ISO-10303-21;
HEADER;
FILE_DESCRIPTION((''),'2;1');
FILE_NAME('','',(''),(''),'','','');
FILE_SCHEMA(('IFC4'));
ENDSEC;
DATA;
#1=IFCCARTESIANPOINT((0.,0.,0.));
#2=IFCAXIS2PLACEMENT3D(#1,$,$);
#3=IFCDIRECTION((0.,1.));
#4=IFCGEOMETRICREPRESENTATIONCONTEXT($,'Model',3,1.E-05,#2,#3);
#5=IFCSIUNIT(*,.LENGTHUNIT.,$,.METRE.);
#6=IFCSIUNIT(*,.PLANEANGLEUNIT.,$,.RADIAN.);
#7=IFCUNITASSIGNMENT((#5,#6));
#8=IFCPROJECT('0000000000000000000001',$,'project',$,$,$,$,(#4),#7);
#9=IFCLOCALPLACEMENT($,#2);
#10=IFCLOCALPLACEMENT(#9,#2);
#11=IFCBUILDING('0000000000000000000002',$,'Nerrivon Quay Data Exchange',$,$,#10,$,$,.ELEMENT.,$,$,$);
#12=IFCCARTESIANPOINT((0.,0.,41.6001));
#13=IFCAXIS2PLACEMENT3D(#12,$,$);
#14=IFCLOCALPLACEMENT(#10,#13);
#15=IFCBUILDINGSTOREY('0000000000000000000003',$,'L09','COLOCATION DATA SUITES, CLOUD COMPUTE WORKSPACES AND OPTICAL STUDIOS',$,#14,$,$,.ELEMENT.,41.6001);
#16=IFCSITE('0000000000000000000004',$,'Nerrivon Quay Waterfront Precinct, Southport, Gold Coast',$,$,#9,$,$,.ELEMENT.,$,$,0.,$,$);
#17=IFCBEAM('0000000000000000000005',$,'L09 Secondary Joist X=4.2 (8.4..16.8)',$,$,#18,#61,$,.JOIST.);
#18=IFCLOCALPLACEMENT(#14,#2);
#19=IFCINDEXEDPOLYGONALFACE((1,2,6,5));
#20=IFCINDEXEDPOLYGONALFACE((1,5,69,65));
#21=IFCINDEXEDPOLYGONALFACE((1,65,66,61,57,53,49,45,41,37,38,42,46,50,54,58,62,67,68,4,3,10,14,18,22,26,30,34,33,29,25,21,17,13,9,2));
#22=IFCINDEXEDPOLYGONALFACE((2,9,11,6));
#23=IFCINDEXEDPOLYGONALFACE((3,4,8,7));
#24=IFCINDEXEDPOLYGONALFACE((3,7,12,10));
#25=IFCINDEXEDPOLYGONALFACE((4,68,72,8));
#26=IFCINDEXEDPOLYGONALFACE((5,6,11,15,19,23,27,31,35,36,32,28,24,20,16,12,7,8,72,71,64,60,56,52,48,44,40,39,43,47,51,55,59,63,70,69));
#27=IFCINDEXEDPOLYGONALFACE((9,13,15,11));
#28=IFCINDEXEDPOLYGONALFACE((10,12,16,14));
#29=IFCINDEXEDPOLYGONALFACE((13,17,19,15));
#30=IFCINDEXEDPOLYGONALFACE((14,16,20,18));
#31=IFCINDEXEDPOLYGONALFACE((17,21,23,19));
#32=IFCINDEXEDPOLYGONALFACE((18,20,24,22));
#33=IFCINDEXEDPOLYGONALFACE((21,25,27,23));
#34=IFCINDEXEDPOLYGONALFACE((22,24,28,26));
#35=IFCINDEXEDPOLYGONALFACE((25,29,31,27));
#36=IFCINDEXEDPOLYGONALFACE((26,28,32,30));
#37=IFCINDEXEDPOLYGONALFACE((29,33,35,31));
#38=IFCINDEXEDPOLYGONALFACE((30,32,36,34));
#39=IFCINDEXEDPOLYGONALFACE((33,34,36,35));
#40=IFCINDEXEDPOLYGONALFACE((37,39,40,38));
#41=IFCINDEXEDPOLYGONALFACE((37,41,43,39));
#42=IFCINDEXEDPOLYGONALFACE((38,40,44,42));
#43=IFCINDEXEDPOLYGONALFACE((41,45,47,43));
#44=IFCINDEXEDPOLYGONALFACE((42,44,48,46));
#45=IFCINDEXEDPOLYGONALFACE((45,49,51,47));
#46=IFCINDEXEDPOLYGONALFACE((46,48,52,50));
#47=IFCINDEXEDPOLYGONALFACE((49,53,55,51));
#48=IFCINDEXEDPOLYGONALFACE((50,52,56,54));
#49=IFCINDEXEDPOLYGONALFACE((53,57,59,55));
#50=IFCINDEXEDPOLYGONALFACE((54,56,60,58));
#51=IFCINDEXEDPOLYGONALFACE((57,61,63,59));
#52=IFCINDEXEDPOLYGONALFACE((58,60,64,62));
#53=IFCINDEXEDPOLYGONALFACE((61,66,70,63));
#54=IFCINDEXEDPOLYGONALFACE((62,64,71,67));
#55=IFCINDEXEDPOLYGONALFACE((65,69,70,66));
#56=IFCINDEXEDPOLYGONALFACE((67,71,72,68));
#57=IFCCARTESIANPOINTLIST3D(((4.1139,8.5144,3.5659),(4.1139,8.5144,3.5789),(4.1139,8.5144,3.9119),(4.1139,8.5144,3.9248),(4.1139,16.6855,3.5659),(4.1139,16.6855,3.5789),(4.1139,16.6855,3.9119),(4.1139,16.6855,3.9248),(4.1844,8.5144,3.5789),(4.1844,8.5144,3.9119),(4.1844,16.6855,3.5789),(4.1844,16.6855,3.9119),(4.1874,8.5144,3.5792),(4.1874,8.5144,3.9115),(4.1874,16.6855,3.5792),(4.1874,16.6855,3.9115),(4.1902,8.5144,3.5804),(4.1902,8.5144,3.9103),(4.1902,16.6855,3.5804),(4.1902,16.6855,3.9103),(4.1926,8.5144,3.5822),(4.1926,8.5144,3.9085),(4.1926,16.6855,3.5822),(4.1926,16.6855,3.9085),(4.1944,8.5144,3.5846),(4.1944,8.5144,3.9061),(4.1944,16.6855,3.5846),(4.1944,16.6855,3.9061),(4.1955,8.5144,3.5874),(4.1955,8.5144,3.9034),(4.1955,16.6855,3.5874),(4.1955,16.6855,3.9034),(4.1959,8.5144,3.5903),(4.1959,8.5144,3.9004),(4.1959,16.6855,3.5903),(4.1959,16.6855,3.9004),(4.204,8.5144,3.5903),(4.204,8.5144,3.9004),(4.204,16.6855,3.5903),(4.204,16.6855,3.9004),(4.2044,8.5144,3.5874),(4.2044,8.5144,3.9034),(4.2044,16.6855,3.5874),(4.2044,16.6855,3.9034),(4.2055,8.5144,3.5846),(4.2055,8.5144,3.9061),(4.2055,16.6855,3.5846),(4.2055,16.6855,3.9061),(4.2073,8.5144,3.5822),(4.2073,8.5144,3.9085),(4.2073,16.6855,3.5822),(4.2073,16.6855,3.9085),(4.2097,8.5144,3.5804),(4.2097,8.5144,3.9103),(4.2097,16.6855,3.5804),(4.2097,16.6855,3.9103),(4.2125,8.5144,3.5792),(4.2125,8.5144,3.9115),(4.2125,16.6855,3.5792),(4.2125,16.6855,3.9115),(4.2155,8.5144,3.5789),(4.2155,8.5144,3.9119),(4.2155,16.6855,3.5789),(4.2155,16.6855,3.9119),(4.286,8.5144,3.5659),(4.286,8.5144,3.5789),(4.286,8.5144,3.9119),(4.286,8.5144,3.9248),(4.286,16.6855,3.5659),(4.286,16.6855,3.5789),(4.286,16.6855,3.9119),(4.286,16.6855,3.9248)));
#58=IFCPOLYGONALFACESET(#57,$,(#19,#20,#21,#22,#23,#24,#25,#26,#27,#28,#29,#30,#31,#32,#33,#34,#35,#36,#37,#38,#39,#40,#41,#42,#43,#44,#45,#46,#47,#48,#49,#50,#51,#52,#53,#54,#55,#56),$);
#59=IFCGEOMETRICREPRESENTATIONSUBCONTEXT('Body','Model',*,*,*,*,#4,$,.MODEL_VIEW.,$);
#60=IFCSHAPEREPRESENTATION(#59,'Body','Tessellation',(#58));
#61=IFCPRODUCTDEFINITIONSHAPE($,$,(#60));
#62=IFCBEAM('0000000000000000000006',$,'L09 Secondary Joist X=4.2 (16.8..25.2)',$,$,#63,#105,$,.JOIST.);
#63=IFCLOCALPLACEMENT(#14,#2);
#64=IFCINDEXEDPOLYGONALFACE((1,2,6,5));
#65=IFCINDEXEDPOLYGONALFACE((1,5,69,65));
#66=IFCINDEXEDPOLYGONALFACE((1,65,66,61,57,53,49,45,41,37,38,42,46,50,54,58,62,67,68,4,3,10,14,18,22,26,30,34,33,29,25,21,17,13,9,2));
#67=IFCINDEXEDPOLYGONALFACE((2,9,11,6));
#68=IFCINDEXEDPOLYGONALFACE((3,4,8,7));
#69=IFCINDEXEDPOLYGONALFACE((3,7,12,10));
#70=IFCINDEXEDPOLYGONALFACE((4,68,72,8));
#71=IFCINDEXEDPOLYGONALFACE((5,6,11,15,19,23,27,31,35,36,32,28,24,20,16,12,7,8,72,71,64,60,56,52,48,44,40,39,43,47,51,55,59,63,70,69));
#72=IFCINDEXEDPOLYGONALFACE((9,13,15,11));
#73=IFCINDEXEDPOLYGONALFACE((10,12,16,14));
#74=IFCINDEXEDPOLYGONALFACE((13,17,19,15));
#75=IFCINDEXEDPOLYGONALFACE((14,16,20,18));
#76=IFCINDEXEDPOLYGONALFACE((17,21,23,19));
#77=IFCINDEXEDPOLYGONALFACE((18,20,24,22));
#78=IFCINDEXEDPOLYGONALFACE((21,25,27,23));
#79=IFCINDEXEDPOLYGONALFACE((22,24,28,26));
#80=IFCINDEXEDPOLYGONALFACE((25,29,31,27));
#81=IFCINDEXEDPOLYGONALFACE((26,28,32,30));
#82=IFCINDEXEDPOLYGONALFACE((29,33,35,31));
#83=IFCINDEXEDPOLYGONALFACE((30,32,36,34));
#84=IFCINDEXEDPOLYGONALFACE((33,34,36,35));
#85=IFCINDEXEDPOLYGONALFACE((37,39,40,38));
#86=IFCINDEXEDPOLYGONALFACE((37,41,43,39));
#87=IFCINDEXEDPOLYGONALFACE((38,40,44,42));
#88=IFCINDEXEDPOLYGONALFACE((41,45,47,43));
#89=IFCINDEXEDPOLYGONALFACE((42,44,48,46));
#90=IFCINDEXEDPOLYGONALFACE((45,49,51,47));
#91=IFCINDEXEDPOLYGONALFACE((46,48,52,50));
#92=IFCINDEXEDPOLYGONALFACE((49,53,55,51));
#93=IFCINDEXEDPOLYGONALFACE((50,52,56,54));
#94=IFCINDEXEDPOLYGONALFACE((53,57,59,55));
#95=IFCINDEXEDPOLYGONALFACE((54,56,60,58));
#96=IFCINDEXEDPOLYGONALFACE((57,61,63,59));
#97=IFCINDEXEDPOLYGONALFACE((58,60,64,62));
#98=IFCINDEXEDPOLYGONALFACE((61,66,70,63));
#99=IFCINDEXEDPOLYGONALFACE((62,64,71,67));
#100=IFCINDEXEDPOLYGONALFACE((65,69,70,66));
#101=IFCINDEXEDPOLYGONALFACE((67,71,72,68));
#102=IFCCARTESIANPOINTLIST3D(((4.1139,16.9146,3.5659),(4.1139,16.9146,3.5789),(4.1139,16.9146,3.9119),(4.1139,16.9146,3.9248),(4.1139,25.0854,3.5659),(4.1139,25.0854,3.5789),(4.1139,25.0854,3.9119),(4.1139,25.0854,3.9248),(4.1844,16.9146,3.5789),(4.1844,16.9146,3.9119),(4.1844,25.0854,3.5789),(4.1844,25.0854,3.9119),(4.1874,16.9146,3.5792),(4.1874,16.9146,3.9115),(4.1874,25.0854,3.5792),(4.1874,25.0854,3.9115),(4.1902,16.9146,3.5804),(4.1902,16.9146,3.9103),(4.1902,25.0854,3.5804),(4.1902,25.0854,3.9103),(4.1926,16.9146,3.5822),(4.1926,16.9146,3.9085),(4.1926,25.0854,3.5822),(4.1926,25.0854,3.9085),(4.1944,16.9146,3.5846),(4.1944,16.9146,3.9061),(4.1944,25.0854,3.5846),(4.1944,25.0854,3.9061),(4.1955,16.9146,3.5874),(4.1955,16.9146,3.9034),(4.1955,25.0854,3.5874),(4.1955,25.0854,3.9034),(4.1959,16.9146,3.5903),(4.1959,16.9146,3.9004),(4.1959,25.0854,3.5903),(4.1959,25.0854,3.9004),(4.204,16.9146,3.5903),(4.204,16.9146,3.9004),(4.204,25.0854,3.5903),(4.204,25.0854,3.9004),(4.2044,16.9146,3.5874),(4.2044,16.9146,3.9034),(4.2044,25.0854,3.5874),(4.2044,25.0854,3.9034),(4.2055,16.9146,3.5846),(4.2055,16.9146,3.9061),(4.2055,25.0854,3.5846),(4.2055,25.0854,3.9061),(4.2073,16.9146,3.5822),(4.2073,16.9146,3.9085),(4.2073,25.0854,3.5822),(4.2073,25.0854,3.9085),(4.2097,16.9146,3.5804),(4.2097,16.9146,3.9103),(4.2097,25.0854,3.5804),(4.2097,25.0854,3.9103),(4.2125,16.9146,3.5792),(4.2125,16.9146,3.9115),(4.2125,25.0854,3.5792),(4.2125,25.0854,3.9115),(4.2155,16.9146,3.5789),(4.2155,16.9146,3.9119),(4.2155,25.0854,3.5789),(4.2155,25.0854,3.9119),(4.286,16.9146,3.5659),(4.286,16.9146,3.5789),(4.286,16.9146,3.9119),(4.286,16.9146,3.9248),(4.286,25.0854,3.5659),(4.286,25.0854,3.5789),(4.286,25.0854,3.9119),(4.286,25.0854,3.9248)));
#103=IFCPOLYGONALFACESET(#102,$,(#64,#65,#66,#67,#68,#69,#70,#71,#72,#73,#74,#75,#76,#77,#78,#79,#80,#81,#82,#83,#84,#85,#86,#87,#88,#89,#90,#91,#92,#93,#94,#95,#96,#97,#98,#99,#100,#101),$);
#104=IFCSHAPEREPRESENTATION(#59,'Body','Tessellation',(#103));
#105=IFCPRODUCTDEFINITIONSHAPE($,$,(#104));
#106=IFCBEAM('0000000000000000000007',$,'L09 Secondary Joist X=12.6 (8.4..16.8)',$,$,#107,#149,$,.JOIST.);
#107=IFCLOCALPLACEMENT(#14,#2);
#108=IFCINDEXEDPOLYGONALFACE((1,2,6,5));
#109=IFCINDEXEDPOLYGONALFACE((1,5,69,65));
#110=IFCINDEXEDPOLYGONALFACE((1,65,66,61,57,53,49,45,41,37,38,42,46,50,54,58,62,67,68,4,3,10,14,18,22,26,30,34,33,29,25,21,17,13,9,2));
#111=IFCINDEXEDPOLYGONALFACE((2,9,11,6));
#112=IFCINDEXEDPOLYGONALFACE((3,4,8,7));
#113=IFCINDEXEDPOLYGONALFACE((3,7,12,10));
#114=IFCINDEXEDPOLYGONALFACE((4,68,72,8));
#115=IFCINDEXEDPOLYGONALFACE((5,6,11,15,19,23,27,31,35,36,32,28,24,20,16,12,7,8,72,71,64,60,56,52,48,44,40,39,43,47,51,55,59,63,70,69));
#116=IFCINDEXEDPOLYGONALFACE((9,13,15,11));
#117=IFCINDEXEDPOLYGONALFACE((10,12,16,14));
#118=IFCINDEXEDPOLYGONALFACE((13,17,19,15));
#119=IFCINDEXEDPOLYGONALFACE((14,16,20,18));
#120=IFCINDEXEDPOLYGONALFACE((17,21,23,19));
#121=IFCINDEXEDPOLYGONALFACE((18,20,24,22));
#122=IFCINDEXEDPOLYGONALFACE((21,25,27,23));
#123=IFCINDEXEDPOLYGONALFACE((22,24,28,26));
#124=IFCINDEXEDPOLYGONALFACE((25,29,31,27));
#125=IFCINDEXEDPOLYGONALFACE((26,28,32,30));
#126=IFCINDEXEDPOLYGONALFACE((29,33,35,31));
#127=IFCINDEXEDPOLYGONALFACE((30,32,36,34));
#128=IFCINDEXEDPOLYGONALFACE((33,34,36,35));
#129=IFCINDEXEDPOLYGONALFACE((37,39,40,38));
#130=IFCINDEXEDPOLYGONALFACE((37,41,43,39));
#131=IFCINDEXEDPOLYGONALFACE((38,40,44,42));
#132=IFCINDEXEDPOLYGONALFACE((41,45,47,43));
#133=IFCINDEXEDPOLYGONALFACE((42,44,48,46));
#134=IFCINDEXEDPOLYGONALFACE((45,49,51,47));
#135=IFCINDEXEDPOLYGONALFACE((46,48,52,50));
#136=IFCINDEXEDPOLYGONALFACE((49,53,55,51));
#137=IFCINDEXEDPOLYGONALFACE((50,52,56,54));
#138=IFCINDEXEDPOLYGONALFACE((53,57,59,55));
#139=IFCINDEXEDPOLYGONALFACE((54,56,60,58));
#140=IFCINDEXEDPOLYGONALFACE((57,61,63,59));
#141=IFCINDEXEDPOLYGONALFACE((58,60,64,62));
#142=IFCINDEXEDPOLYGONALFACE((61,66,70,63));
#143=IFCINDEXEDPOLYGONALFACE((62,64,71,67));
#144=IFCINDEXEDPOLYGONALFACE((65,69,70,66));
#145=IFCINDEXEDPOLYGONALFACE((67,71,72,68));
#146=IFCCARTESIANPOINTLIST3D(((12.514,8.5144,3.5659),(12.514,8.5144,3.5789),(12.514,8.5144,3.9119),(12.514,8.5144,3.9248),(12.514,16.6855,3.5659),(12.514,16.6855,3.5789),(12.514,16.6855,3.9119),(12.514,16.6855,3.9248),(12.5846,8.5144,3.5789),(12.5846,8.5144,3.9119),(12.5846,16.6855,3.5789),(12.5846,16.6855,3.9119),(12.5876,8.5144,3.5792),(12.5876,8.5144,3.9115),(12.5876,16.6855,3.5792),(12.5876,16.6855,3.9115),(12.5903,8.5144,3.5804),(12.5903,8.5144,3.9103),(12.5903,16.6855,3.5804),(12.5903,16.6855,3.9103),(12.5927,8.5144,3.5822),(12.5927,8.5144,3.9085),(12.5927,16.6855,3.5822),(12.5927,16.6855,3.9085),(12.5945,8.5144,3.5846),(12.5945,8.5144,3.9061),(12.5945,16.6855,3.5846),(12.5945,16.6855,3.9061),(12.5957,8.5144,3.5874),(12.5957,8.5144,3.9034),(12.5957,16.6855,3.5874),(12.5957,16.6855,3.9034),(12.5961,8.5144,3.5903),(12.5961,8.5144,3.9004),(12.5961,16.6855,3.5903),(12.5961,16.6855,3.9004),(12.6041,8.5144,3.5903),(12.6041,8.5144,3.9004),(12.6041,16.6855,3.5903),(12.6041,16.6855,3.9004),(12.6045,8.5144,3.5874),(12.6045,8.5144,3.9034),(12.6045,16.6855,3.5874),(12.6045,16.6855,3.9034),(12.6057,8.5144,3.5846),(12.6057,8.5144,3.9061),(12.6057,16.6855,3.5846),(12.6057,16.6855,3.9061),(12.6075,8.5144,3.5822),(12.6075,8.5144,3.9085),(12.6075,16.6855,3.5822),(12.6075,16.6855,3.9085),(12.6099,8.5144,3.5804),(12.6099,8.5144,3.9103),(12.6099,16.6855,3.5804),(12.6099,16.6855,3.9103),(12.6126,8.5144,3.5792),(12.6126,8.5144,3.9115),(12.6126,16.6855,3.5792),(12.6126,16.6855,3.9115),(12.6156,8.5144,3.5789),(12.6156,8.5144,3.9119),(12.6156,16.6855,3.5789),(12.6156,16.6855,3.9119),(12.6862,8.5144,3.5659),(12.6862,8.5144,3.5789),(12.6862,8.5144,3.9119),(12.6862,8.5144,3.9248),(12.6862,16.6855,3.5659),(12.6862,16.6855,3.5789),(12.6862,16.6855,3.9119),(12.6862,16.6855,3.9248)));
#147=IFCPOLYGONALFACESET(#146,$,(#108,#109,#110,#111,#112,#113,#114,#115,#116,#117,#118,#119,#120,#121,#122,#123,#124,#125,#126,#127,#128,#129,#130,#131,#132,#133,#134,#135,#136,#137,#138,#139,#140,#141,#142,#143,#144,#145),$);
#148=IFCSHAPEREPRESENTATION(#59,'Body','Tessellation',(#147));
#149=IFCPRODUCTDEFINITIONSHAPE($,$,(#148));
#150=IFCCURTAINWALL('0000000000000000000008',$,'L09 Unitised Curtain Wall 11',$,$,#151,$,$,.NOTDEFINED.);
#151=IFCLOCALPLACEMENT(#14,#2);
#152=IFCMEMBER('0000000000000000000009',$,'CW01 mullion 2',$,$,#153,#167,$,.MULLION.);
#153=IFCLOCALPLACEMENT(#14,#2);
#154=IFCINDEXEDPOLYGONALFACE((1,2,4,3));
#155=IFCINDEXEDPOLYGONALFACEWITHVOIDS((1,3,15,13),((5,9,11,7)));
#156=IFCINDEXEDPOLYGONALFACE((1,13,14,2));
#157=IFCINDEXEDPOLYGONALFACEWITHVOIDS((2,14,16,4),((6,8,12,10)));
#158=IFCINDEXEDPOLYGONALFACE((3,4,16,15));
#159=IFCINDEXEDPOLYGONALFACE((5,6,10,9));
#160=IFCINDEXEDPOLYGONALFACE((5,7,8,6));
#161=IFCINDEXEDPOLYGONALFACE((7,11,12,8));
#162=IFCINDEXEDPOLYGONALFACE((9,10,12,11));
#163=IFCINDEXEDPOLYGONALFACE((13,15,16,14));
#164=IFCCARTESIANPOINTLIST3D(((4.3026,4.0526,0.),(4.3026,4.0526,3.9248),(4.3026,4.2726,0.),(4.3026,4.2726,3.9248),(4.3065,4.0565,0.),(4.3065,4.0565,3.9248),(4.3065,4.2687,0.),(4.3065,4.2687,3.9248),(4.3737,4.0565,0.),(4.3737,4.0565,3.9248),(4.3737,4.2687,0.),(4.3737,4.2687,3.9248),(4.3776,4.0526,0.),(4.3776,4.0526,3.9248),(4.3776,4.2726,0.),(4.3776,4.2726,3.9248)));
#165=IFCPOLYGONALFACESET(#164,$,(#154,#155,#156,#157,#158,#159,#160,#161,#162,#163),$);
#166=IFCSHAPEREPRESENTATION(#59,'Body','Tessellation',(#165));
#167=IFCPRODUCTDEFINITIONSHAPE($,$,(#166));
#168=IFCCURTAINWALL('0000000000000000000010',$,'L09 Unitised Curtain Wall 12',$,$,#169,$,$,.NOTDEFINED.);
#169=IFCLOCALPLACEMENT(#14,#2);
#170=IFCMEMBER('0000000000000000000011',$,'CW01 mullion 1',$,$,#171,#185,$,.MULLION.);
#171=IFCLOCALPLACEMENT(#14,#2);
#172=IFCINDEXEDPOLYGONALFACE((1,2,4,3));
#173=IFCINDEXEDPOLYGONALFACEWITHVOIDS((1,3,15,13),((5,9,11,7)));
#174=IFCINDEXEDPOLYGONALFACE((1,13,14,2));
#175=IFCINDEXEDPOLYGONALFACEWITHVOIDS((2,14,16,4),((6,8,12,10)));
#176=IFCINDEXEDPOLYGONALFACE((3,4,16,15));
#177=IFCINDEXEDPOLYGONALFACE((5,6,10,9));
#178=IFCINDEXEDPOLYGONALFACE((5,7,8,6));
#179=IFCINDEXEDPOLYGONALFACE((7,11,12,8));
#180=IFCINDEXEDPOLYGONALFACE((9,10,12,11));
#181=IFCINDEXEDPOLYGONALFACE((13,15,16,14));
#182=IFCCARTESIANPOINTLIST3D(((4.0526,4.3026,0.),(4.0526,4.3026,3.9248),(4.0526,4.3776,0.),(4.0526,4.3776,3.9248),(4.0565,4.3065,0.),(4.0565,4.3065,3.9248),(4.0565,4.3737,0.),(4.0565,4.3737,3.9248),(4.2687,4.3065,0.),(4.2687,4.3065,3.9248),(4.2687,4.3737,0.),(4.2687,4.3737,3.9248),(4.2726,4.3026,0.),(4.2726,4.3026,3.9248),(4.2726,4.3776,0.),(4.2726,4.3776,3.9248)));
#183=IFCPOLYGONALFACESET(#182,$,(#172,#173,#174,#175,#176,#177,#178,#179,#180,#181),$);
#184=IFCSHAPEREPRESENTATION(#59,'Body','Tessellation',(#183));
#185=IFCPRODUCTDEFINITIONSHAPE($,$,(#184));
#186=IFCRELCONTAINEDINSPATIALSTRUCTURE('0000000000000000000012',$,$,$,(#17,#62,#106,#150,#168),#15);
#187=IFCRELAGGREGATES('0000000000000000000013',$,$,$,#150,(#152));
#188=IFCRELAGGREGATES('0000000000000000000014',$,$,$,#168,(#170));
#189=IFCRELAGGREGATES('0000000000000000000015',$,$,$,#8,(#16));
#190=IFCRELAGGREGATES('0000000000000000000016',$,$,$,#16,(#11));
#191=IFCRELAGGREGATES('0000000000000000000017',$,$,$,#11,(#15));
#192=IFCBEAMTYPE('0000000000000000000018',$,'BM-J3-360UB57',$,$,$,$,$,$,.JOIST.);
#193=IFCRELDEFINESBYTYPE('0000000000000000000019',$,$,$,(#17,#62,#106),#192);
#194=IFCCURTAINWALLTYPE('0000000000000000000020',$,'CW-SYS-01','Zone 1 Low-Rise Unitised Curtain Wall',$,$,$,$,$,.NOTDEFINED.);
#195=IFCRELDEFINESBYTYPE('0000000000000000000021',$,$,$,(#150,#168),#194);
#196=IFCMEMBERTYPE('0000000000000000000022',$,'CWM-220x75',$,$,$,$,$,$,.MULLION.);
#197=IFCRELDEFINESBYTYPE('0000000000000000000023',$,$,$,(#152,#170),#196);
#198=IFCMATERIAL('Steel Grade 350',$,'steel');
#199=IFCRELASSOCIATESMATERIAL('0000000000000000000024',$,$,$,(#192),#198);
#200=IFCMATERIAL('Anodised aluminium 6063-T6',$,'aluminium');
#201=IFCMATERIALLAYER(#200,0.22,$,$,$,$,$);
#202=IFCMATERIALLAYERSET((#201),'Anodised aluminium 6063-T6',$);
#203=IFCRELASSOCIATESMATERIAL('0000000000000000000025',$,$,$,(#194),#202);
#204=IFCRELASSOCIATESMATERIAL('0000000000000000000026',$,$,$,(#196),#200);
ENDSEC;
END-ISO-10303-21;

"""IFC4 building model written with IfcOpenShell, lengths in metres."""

from ifc_helpers import new_model, si_unit, direction, frame, origin, origin_2d, place, context, subcontext, project, spatial, hollow_rectangle, i_section, extrude, material, layer, layer_set, material_profile, profile_set, type_object, element, aggregate, save


model = new_model("IFC4")

# Units and contexts
model_context = context("Model", 3, precision=1e-05, world=origin(), true_north=direction((0.0, 1.0)))
body_context = subcontext(model_context, "Body", "Model", "MODEL_VIEW")
ifc_project = project(units=[si_unit("LENGTHUNIT", "METRE"), si_unit("PLANEANGLEUNIT", "RADIAN")], contexts=[model_context])

# Site, building, storey
site_placement = place(None, origin())
site = spatial("IfcSite", under=ifc_project, at=site_placement, Name="Nerrivon Quay Waterfront Precinct, Southport, Gold Coast", CompositionType="ELEMENT", RefElevation=0.0)
building_placement = place(site_placement, origin())
building = spatial("IfcBuilding", under=site, at=building_placement, Name="Nerrivon Quay Data Exchange", CompositionType="ELEMENT")
storey_placement = place(building_placement, frame((0.0, 0.0, 41.6001)))
storey = spatial("IfcBuildingStorey", under=building, at=storey_placement, Name="L09", Description="COLOCATION DATA SUITES, CLOUD COMPUTE WORKSPACES AND OPTICAL STUDIOS", CompositionType="ELEMENT", Elevation=41.6001)

# Shared definitions
ifc_material_1 = material(Name="Steel Grade 350", Category="steel")

# Beams
ifc_material_profile_1 = material_profile(ifc_material_1, i_section(OverallWidth=0.1721, OverallDepth=0.3589, WebThickness=0.0081, FlangeThickness=0.0129, FilletRadius=0.0115, at=origin_2d()), Name="360UB56.7")
ifc_profile_set_1 = profile_set([ifc_material_profile_1], Name="Steel Grade 350")
beam_type_1 = type_object("IfcBeamType", Name="BM-J3-360UB57", PredefinedType="JOIST", material=ifc_profile_set_1)
beam_1_placement = place(storey_placement, frame((4.2, 8.5144, 3.7454), z_axis=(0.0, 1.0, 0.0), x_axis=(-1.0, 0.0, 0.0)))
element("IfcBeam", 1, at=beam_1_placement, inside=storey, type_object=beam_type_1, Name="L09 Secondary Joist X=4.2 (8.4..16.8)", PredefinedType="JOIST", context=body_context, shape_type="SweptSolid", body=[
    extrude(i_section(OverallWidth=0.1721, OverallDepth=0.3589, WebThickness=0.0081, FlangeThickness=0.0129, FilletRadius=0.0115, at=origin_2d()), origin(), (0.0, 0.0, 1.0), 8.1711),
])
beam_2_placement = place(storey_placement, frame((4.2, 16.9146, 3.7454), z_axis=(0.0, 1.0, 0.0), x_axis=(-1.0, 0.0, 0.0)))
element("IfcBeam", 2, at=beam_2_placement, inside=storey, type_object=beam_type_1, Name="L09 Secondary Joist X=4.2 (16.8..25.2)", PredefinedType="JOIST", context=body_context, shape_type="SweptSolid", body=[
    extrude(i_section(OverallWidth=0.1721, OverallDepth=0.3589, WebThickness=0.0081, FlangeThickness=0.0129, FilletRadius=0.0115, at=origin_2d()), origin(), (0.0, 0.0, 1.0), 8.1709),
])
beam_3_placement = place(storey_placement, frame((12.6001, 8.5144, 3.7454), z_axis=(0.0, 1.0, 0.0), x_axis=(-1.0, 0.0, 0.0)))
element("IfcBeam", 3, at=beam_3_placement, inside=storey, type_object=beam_type_1, Name="L09 Secondary Joist X=12.6 (8.4..16.8)", PredefinedType="JOIST", context=body_context, shape_type="SweptSolid", body=[
    extrude(i_section(OverallWidth=0.1721, OverallDepth=0.3589, WebThickness=0.0081, FlangeThickness=0.0129, FilletRadius=0.0115, at=origin_2d()), origin(), (0.0, 0.0, 1.0), 8.1711),
])

# Curtain walls, members
ifc_material_2 = material(Name="Anodised aluminium 6063-T6", Category="aluminium")
ifc_layer_1 = layer(ifc_material_2, 0.22)
ifc_layer_set_1 = layer_set([ifc_layer_1], Name="Anodised aluminium 6063-T6")
curtain_wall_type = type_object("IfcCurtainWallType", Name="CW-SYS-01", Description="Zone 1 Low-Rise Unitised Curtain Wall", PredefinedType="NOTDEFINED", material=ifc_layer_set_1)
curtain_wall_1_placement = place(storey_placement, origin())
curtain_wall_1 = element("IfcCurtainWall", 4, at=curtain_wall_1_placement, inside=storey, type_object=curtain_wall_type, Name="L09 Unitised Curtain Wall 11", PredefinedType="NOTDEFINED")
ifc_material_profile_2 = material_profile(ifc_material_2, hollow_rectangle(XDim=0.075, YDim=0.22, WallThickness=0.0039, at=origin_2d()), Name="ALU-MULL-220x75")
ifc_profile_set_2 = profile_set([ifc_material_profile_2], Name="Anodised aluminium 6063-T6")
member_type = type_object("IfcMemberType", Name="CWM-220x75", PredefinedType="MULLION", material=ifc_profile_set_2)
member_1_placement = place(storey_placement, frame((4.3401, 4.1626, 0.0), z_axis=(0.0, 0.0, 1.0), x_axis=(-1.0, 0.0, 0.0)))
member_1 = element("IfcMember", 5, at=member_1_placement, type_object=member_type, Name="CW01 mullion 2", PredefinedType="MULLION", context=body_context, shape_type="SweptSolid", body=[
    extrude(hollow_rectangle(XDim=0.075, YDim=0.22, WallThickness=0.0039, at=origin_2d()), origin(), (0.0, 0.0, 1.0), 3.9248),
])
aggregate(curtain_wall_1, [member_1])
curtain_wall_2_placement = place(storey_placement, origin())
curtain_wall_2 = element("IfcCurtainWall", 6, at=curtain_wall_2_placement, inside=storey, type_object=curtain_wall_type, Name="L09 Unitised Curtain Wall 12", PredefinedType="NOTDEFINED")
member_2_placement = place(storey_placement, frame((4.1626, 4.3401, 0.0), z_axis=(0.0, 0.0, 1.0), x_axis=(0.0, -1.0, 0.0)))
member_2 = element("IfcMember", 7, at=member_2_placement, type_object=member_type, Name="CW01 mullion 1", PredefinedType="MULLION", context=body_context, shape_type="SweptSolid", body=[
    extrude(hollow_rectangle(XDim=0.075, YDim=0.22, WallThickness=0.0039, at=origin_2d()), origin(), (0.0, 0.0, 1.0), 3.9248),
])
aggregate(curtain_wall_2, [member_2])

save(model, "model.ifc")
